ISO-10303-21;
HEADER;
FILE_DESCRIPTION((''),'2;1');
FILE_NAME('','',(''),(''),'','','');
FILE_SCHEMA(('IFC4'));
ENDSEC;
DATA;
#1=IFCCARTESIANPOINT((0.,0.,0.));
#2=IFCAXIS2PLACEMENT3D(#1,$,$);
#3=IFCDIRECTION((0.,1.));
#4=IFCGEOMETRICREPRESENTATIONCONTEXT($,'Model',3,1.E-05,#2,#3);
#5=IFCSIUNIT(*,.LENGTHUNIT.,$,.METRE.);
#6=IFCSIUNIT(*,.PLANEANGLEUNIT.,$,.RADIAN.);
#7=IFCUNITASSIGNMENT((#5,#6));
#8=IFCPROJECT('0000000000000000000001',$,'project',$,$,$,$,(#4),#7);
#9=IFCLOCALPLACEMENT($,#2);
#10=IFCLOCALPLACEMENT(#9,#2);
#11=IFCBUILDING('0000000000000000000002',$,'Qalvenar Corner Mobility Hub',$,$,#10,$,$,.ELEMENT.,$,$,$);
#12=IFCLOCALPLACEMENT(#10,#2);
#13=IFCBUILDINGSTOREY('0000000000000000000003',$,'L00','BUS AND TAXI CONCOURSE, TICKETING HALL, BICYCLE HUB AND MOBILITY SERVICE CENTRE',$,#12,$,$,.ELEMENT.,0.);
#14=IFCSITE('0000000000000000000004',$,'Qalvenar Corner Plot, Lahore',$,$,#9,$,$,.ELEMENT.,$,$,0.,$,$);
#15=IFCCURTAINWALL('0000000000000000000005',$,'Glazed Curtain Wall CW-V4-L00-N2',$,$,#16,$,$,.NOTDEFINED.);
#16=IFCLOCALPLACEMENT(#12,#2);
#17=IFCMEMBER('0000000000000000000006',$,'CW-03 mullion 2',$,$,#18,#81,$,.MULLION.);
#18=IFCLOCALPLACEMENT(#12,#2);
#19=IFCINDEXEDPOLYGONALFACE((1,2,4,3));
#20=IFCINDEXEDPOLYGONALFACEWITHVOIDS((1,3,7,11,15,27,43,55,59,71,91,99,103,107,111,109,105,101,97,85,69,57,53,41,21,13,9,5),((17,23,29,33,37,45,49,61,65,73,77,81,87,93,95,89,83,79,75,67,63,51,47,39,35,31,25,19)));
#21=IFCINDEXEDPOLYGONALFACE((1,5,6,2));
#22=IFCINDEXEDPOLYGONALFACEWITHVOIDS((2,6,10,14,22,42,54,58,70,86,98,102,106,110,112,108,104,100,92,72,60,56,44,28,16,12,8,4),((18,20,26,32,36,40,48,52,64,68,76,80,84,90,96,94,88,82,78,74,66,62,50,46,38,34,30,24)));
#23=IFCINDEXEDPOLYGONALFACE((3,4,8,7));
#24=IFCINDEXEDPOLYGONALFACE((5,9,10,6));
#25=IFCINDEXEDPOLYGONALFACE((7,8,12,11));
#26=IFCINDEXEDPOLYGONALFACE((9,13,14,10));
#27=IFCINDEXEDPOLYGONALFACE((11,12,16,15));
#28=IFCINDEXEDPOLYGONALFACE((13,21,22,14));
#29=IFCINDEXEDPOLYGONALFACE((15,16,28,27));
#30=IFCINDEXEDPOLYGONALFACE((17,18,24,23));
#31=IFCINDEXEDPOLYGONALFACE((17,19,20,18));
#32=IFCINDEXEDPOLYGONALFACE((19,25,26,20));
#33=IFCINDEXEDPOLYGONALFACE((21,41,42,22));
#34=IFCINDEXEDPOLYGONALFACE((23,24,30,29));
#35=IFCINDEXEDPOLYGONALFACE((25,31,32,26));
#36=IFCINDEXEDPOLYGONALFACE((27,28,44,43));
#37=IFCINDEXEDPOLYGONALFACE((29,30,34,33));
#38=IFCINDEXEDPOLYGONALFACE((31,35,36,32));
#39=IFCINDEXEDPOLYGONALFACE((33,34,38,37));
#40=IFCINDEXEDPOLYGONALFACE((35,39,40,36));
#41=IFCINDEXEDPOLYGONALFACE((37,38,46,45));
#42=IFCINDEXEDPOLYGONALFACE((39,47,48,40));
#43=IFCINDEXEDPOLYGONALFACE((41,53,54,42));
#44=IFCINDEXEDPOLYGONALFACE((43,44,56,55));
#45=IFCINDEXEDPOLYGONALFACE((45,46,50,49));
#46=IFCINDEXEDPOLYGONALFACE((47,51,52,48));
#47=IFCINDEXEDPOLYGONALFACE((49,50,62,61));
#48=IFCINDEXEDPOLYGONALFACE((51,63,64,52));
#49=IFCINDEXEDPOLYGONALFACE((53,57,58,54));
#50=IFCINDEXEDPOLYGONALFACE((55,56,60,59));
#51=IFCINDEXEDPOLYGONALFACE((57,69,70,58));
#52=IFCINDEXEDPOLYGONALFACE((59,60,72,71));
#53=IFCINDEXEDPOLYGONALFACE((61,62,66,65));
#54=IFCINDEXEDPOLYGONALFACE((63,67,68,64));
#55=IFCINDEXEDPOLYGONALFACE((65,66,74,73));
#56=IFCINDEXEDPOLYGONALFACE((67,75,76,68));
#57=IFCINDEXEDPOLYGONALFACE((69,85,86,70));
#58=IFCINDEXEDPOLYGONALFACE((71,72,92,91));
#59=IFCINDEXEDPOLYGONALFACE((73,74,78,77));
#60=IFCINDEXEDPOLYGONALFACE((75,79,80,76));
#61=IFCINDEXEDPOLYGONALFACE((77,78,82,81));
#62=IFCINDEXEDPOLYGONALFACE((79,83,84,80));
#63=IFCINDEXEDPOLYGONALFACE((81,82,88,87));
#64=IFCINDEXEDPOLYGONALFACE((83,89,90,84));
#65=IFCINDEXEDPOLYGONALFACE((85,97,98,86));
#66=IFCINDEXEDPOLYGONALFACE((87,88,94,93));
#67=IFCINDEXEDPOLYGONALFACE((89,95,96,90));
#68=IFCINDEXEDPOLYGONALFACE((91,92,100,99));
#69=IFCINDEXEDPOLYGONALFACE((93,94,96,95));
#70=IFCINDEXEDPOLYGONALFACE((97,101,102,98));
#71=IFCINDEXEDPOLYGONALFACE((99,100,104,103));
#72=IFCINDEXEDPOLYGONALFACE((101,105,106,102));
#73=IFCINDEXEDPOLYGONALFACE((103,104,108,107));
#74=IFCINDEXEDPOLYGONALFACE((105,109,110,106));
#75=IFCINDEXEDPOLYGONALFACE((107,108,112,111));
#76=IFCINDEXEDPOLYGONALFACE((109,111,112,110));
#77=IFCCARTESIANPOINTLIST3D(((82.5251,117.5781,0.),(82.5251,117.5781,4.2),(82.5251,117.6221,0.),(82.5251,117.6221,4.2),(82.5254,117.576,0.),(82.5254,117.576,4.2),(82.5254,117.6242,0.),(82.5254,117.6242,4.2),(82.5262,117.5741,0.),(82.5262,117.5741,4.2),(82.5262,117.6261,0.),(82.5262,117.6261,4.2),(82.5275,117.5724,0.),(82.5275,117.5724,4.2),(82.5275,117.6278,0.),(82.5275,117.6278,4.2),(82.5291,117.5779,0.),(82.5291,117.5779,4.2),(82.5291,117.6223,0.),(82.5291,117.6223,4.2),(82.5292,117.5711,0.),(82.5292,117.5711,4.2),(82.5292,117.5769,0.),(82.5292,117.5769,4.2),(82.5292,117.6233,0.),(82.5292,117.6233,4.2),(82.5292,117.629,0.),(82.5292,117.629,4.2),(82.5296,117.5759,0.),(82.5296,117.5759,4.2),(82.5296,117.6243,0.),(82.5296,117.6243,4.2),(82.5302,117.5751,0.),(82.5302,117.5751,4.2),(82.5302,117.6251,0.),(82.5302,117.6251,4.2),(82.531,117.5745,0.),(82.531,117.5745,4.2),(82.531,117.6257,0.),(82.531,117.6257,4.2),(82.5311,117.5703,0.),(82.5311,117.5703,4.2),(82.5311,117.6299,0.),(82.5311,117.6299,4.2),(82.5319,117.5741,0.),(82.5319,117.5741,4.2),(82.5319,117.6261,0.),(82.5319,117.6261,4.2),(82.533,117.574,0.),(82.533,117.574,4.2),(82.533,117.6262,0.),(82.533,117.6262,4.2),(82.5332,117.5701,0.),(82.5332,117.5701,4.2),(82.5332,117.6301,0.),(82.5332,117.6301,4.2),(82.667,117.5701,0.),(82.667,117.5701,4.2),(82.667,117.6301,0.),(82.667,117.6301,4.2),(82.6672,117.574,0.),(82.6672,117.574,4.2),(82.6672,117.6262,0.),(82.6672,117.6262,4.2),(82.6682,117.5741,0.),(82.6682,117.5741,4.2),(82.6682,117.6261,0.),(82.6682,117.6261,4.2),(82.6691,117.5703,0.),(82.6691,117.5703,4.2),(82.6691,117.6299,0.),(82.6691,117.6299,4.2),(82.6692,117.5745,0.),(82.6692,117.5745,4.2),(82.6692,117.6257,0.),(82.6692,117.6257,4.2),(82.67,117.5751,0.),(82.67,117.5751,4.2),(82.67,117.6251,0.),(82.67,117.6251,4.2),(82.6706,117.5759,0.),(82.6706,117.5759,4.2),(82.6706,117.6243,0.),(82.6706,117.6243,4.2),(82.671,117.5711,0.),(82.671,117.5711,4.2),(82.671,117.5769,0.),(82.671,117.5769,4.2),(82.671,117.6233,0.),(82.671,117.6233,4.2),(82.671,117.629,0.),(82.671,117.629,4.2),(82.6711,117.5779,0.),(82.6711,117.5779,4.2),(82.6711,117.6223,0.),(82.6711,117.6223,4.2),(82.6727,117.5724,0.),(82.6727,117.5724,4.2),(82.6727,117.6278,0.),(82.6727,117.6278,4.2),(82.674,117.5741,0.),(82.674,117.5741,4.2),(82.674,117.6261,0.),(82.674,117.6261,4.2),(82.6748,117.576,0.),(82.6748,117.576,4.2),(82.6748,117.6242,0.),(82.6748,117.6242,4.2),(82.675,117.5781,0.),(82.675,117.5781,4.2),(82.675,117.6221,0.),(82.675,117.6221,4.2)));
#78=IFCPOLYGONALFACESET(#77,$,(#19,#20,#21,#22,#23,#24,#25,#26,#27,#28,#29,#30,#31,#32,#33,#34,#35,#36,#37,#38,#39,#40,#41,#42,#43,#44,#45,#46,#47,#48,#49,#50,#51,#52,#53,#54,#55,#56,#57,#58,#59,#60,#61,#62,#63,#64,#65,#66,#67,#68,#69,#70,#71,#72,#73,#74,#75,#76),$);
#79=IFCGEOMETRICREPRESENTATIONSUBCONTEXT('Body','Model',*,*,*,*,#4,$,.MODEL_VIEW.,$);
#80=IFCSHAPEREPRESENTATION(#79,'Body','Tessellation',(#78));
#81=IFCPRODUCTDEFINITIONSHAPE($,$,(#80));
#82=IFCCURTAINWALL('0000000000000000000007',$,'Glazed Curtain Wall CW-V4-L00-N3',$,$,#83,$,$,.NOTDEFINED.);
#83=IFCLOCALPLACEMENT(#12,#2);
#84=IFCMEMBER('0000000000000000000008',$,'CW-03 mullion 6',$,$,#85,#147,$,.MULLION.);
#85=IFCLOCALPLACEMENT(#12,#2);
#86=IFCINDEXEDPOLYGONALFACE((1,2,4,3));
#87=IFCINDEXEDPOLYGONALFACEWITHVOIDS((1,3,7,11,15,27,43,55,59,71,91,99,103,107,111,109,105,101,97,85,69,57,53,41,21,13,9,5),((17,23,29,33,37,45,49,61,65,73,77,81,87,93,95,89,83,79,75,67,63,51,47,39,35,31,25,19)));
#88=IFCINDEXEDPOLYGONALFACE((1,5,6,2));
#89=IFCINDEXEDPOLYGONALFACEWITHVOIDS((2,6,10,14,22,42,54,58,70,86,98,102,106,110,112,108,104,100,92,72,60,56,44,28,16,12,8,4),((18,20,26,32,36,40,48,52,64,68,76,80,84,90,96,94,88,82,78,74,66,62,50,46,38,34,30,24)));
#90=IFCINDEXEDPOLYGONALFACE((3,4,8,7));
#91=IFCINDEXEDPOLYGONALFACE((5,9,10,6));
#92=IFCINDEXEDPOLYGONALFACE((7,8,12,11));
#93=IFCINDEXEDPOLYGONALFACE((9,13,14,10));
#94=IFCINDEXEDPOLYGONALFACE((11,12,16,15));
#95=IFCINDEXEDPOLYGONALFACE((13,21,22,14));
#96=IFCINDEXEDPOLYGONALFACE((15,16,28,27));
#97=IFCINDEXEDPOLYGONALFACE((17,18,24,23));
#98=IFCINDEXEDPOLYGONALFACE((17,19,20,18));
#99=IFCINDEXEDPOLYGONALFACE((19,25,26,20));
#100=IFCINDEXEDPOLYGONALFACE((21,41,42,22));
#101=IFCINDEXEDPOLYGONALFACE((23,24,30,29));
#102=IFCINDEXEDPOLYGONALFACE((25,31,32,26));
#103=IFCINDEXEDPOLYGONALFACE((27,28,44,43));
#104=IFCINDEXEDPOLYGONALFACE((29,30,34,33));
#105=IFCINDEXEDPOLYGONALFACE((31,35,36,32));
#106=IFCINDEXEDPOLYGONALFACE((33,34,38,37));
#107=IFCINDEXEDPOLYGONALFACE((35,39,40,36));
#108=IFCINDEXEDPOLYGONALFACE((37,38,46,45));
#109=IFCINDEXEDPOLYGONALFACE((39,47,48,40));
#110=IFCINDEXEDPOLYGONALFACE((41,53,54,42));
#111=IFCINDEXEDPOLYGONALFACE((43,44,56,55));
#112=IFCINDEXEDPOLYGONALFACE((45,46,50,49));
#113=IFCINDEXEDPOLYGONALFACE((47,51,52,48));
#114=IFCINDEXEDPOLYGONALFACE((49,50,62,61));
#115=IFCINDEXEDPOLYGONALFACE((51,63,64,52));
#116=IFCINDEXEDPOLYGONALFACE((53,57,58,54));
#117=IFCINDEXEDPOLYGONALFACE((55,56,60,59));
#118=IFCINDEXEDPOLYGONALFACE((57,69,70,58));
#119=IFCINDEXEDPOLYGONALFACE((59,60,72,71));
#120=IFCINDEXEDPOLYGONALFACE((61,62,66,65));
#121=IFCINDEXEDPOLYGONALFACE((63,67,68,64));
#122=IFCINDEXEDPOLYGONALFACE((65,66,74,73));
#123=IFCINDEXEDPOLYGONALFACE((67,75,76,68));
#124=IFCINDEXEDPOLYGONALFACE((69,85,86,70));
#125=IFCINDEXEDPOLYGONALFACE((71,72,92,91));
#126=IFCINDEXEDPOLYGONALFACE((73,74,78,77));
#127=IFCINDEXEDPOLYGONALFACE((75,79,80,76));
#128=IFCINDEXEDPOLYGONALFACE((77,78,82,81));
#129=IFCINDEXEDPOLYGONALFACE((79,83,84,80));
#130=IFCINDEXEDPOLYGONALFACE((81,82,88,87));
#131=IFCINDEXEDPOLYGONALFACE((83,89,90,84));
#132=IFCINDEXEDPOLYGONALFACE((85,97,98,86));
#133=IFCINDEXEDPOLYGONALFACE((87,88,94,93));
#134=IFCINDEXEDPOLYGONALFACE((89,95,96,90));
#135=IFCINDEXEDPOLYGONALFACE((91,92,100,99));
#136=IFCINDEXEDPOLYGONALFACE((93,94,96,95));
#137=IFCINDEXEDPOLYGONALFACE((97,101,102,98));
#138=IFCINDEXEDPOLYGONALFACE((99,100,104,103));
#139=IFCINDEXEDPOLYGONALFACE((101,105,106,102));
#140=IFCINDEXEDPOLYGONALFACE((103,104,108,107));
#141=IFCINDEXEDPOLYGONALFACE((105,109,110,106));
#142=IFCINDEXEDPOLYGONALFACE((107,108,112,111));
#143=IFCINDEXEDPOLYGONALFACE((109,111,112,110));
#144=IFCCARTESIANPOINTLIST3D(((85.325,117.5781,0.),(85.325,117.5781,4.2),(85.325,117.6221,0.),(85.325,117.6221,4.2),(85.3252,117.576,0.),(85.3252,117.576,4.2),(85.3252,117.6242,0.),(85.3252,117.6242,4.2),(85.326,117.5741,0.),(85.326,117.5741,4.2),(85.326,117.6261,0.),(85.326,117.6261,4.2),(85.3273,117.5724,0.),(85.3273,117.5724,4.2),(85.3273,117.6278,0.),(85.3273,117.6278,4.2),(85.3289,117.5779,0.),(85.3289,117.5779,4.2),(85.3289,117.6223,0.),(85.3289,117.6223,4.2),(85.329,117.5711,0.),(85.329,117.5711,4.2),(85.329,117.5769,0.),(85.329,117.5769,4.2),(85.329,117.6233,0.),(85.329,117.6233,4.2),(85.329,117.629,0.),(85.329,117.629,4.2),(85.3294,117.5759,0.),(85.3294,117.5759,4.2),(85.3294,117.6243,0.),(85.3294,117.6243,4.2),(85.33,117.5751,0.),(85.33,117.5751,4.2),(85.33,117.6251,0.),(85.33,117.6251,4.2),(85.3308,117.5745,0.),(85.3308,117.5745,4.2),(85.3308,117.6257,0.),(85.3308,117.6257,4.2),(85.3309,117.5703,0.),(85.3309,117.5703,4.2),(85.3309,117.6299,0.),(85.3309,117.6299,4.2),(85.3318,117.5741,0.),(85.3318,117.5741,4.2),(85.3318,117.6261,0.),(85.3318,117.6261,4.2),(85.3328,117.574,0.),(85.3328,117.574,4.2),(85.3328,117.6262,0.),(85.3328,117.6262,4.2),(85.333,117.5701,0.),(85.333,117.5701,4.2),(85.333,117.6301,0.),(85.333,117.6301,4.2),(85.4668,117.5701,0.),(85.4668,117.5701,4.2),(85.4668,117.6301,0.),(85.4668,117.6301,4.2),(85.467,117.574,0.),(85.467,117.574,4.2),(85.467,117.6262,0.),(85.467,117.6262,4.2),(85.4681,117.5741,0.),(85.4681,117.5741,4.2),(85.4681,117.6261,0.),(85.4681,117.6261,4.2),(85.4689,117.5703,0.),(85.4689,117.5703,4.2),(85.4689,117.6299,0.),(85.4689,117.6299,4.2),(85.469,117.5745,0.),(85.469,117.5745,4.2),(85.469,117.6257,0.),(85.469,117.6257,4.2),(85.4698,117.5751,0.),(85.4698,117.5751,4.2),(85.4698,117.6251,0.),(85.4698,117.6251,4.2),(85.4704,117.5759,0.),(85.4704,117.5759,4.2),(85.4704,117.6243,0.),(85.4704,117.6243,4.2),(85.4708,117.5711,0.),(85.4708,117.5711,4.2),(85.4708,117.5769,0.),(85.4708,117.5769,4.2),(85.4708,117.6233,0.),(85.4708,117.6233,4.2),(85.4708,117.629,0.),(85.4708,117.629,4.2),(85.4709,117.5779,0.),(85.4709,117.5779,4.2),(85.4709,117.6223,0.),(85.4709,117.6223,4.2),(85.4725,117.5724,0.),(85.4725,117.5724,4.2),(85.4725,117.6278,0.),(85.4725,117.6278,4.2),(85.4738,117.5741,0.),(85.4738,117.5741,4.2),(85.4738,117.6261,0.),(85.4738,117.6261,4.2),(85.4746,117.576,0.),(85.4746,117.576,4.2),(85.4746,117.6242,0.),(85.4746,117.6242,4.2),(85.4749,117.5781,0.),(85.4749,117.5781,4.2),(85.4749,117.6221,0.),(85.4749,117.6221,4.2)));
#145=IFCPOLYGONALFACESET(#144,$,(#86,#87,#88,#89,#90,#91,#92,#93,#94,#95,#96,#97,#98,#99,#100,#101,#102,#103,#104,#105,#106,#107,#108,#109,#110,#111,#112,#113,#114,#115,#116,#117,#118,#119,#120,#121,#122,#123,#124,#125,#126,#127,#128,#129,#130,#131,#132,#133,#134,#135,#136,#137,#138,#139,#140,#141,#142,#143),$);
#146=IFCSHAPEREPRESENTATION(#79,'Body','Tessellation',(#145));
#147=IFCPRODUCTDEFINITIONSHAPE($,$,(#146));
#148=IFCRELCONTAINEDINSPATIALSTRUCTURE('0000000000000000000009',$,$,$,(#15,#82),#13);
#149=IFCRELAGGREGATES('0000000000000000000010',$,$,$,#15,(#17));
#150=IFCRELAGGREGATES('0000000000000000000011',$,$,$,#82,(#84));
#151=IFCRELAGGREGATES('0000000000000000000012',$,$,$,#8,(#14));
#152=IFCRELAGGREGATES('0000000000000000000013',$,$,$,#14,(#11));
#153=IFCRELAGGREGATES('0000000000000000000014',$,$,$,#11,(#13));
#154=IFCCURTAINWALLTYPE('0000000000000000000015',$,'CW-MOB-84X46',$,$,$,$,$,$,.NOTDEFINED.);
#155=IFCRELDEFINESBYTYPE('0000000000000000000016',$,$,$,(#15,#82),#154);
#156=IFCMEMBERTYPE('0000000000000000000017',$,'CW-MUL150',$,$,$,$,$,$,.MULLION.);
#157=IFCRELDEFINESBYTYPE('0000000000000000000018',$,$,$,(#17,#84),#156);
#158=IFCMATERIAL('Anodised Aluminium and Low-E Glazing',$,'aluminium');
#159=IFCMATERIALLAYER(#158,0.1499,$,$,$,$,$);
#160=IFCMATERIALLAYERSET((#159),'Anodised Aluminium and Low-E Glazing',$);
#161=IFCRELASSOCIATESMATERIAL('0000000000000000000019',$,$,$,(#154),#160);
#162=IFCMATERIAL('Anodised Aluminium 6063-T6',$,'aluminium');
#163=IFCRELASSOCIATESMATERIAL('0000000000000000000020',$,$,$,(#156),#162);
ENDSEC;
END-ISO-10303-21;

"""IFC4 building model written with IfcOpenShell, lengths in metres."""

from ifc_helpers import new_model, si_unit, direction, frame, origin, origin_2d, place, context, subcontext, project, spatial, hollow_rectangle, extrude, material, layer, layer_set, material_profile, profile_set, type_object, element, aggregate, save


model = new_model("IFC4")

# Units and contexts
model_context = context("Model", 3, precision=1e-05, world=origin(), true_north=direction((0.0, 1.0)))
body_context = subcontext(model_context, "Body", "Model", "MODEL_VIEW")
ifc_project = project(units=[si_unit("LENGTHUNIT", "METRE"), si_unit("PLANEANGLEUNIT", "RADIAN")], contexts=[model_context])

# Site, building, storey
site_placement = place(None, origin())
site = spatial("IfcSite", under=ifc_project, at=site_placement, Name="Qalvenar Corner Plot, Lahore", CompositionType="ELEMENT", RefElevation=0.0)
building_placement = place(site_placement, origin())
building = spatial("IfcBuilding", under=site, at=building_placement, Name="Qalvenar Corner Mobility Hub", CompositionType="ELEMENT")
storey_placement = place(building_placement, origin())
storey = spatial("IfcBuildingStorey", under=building, at=storey_placement, Name="L00", Description="BUS AND TAXI CONCOURSE, TICKETING HALL, BICYCLE HUB AND MOBILITY SERVICE CENTRE", CompositionType="ELEMENT", Elevation=0.0)

# Curtain walls, members
ifc_material_1 = material(Name="Anodised Aluminium and Low-E Glazing", Category="aluminium")
ifc_layer_1 = layer(ifc_material_1, 0.1499)
ifc_layer_set_1 = layer_set([ifc_layer_1], Name="Anodised Aluminium and Low-E Glazing")
curtain_wall_type = type_object("IfcCurtainWallType", Name="CW-MOB-84X46", PredefinedType="NOTDEFINED", material=ifc_layer_set_1)
curtain_wall_1_placement = place(storey_placement, origin())
curtain_wall_1 = element("IfcCurtainWall", 1, at=curtain_wall_1_placement, inside=storey, type_object=curtain_wall_type, Name="Glazed Curtain Wall CW-V4-L00-N2", PredefinedType="NOTDEFINED")
ifc_material_2 = material(Name="Anodised Aluminium 6063-T6", Category="aluminium")
ifc_material_profile_1 = material_profile(ifc_material_2, hollow_rectangle(XDim=0.0601, YDim=0.1499, WallThickness=0.0039, InnerFilletRadius=0.0039, OuterFilletRadius=0.0081, at=origin_2d()), Name="RHS150x60x4")
ifc_profile_set_1 = profile_set([ifc_material_profile_1], Name="Anodised Aluminium 6063-T6")
member_type_1 = type_object("IfcMemberType", Name="CW-MUL150", PredefinedType="MULLION", material=ifc_profile_set_1)
member_1_placement = place(storey_placement, frame((82.6001, 117.6001, 0.0), z_axis=(0.0, 0.0, 1.0), x_axis=(0.0, -1.0, 0.0)))
member_1 = element("IfcMember", 2, at=member_1_placement, type_object=member_type_1, Name="CW-03 mullion 2", PredefinedType="MULLION", context=body_context, shape_type="SweptSolid", body=[
    extrude(hollow_rectangle(XDim=0.0601, YDim=0.1499, WallThickness=0.0039, InnerFilletRadius=0.0039, OuterFilletRadius=0.0081, at=origin_2d()), origin(), (0.0, 0.0, 1.0), 4.2),
])
curtain_wall_2_placement = place(storey_placement, origin())
curtain_wall_2 = element("IfcCurtainWall", 3, at=curtain_wall_2_placement, inside=storey, type_object=curtain_wall_type, Name="Glazed Curtain Wall CW-V4-L00-N3", PredefinedType="NOTDEFINED")
member_2_placement = place(storey_placement, frame((85.3999, 117.6001, 0.0), z_axis=(0.0, 0.0, 1.0), x_axis=(0.0, -1.0, 0.0)))
member_2 = element("IfcMember", 4, at=member_2_placement, type_object=member_type_1, Name="CW-03 mullion 6", PredefinedType="MULLION", context=body_context, shape_type="SweptSolid", body=[
    extrude(hollow_rectangle(XDim=0.0601, YDim=0.1499, WallThickness=0.0039, InnerFilletRadius=0.0039, OuterFilletRadius=0.0081, at=origin_2d()), origin(), (0.0, 0.0, 1.0), 4.2),
])

aggregate(curtain_wall_1, [member_1])
aggregate(curtain_wall_2, [member_2])

save(model, "model.ifc")
